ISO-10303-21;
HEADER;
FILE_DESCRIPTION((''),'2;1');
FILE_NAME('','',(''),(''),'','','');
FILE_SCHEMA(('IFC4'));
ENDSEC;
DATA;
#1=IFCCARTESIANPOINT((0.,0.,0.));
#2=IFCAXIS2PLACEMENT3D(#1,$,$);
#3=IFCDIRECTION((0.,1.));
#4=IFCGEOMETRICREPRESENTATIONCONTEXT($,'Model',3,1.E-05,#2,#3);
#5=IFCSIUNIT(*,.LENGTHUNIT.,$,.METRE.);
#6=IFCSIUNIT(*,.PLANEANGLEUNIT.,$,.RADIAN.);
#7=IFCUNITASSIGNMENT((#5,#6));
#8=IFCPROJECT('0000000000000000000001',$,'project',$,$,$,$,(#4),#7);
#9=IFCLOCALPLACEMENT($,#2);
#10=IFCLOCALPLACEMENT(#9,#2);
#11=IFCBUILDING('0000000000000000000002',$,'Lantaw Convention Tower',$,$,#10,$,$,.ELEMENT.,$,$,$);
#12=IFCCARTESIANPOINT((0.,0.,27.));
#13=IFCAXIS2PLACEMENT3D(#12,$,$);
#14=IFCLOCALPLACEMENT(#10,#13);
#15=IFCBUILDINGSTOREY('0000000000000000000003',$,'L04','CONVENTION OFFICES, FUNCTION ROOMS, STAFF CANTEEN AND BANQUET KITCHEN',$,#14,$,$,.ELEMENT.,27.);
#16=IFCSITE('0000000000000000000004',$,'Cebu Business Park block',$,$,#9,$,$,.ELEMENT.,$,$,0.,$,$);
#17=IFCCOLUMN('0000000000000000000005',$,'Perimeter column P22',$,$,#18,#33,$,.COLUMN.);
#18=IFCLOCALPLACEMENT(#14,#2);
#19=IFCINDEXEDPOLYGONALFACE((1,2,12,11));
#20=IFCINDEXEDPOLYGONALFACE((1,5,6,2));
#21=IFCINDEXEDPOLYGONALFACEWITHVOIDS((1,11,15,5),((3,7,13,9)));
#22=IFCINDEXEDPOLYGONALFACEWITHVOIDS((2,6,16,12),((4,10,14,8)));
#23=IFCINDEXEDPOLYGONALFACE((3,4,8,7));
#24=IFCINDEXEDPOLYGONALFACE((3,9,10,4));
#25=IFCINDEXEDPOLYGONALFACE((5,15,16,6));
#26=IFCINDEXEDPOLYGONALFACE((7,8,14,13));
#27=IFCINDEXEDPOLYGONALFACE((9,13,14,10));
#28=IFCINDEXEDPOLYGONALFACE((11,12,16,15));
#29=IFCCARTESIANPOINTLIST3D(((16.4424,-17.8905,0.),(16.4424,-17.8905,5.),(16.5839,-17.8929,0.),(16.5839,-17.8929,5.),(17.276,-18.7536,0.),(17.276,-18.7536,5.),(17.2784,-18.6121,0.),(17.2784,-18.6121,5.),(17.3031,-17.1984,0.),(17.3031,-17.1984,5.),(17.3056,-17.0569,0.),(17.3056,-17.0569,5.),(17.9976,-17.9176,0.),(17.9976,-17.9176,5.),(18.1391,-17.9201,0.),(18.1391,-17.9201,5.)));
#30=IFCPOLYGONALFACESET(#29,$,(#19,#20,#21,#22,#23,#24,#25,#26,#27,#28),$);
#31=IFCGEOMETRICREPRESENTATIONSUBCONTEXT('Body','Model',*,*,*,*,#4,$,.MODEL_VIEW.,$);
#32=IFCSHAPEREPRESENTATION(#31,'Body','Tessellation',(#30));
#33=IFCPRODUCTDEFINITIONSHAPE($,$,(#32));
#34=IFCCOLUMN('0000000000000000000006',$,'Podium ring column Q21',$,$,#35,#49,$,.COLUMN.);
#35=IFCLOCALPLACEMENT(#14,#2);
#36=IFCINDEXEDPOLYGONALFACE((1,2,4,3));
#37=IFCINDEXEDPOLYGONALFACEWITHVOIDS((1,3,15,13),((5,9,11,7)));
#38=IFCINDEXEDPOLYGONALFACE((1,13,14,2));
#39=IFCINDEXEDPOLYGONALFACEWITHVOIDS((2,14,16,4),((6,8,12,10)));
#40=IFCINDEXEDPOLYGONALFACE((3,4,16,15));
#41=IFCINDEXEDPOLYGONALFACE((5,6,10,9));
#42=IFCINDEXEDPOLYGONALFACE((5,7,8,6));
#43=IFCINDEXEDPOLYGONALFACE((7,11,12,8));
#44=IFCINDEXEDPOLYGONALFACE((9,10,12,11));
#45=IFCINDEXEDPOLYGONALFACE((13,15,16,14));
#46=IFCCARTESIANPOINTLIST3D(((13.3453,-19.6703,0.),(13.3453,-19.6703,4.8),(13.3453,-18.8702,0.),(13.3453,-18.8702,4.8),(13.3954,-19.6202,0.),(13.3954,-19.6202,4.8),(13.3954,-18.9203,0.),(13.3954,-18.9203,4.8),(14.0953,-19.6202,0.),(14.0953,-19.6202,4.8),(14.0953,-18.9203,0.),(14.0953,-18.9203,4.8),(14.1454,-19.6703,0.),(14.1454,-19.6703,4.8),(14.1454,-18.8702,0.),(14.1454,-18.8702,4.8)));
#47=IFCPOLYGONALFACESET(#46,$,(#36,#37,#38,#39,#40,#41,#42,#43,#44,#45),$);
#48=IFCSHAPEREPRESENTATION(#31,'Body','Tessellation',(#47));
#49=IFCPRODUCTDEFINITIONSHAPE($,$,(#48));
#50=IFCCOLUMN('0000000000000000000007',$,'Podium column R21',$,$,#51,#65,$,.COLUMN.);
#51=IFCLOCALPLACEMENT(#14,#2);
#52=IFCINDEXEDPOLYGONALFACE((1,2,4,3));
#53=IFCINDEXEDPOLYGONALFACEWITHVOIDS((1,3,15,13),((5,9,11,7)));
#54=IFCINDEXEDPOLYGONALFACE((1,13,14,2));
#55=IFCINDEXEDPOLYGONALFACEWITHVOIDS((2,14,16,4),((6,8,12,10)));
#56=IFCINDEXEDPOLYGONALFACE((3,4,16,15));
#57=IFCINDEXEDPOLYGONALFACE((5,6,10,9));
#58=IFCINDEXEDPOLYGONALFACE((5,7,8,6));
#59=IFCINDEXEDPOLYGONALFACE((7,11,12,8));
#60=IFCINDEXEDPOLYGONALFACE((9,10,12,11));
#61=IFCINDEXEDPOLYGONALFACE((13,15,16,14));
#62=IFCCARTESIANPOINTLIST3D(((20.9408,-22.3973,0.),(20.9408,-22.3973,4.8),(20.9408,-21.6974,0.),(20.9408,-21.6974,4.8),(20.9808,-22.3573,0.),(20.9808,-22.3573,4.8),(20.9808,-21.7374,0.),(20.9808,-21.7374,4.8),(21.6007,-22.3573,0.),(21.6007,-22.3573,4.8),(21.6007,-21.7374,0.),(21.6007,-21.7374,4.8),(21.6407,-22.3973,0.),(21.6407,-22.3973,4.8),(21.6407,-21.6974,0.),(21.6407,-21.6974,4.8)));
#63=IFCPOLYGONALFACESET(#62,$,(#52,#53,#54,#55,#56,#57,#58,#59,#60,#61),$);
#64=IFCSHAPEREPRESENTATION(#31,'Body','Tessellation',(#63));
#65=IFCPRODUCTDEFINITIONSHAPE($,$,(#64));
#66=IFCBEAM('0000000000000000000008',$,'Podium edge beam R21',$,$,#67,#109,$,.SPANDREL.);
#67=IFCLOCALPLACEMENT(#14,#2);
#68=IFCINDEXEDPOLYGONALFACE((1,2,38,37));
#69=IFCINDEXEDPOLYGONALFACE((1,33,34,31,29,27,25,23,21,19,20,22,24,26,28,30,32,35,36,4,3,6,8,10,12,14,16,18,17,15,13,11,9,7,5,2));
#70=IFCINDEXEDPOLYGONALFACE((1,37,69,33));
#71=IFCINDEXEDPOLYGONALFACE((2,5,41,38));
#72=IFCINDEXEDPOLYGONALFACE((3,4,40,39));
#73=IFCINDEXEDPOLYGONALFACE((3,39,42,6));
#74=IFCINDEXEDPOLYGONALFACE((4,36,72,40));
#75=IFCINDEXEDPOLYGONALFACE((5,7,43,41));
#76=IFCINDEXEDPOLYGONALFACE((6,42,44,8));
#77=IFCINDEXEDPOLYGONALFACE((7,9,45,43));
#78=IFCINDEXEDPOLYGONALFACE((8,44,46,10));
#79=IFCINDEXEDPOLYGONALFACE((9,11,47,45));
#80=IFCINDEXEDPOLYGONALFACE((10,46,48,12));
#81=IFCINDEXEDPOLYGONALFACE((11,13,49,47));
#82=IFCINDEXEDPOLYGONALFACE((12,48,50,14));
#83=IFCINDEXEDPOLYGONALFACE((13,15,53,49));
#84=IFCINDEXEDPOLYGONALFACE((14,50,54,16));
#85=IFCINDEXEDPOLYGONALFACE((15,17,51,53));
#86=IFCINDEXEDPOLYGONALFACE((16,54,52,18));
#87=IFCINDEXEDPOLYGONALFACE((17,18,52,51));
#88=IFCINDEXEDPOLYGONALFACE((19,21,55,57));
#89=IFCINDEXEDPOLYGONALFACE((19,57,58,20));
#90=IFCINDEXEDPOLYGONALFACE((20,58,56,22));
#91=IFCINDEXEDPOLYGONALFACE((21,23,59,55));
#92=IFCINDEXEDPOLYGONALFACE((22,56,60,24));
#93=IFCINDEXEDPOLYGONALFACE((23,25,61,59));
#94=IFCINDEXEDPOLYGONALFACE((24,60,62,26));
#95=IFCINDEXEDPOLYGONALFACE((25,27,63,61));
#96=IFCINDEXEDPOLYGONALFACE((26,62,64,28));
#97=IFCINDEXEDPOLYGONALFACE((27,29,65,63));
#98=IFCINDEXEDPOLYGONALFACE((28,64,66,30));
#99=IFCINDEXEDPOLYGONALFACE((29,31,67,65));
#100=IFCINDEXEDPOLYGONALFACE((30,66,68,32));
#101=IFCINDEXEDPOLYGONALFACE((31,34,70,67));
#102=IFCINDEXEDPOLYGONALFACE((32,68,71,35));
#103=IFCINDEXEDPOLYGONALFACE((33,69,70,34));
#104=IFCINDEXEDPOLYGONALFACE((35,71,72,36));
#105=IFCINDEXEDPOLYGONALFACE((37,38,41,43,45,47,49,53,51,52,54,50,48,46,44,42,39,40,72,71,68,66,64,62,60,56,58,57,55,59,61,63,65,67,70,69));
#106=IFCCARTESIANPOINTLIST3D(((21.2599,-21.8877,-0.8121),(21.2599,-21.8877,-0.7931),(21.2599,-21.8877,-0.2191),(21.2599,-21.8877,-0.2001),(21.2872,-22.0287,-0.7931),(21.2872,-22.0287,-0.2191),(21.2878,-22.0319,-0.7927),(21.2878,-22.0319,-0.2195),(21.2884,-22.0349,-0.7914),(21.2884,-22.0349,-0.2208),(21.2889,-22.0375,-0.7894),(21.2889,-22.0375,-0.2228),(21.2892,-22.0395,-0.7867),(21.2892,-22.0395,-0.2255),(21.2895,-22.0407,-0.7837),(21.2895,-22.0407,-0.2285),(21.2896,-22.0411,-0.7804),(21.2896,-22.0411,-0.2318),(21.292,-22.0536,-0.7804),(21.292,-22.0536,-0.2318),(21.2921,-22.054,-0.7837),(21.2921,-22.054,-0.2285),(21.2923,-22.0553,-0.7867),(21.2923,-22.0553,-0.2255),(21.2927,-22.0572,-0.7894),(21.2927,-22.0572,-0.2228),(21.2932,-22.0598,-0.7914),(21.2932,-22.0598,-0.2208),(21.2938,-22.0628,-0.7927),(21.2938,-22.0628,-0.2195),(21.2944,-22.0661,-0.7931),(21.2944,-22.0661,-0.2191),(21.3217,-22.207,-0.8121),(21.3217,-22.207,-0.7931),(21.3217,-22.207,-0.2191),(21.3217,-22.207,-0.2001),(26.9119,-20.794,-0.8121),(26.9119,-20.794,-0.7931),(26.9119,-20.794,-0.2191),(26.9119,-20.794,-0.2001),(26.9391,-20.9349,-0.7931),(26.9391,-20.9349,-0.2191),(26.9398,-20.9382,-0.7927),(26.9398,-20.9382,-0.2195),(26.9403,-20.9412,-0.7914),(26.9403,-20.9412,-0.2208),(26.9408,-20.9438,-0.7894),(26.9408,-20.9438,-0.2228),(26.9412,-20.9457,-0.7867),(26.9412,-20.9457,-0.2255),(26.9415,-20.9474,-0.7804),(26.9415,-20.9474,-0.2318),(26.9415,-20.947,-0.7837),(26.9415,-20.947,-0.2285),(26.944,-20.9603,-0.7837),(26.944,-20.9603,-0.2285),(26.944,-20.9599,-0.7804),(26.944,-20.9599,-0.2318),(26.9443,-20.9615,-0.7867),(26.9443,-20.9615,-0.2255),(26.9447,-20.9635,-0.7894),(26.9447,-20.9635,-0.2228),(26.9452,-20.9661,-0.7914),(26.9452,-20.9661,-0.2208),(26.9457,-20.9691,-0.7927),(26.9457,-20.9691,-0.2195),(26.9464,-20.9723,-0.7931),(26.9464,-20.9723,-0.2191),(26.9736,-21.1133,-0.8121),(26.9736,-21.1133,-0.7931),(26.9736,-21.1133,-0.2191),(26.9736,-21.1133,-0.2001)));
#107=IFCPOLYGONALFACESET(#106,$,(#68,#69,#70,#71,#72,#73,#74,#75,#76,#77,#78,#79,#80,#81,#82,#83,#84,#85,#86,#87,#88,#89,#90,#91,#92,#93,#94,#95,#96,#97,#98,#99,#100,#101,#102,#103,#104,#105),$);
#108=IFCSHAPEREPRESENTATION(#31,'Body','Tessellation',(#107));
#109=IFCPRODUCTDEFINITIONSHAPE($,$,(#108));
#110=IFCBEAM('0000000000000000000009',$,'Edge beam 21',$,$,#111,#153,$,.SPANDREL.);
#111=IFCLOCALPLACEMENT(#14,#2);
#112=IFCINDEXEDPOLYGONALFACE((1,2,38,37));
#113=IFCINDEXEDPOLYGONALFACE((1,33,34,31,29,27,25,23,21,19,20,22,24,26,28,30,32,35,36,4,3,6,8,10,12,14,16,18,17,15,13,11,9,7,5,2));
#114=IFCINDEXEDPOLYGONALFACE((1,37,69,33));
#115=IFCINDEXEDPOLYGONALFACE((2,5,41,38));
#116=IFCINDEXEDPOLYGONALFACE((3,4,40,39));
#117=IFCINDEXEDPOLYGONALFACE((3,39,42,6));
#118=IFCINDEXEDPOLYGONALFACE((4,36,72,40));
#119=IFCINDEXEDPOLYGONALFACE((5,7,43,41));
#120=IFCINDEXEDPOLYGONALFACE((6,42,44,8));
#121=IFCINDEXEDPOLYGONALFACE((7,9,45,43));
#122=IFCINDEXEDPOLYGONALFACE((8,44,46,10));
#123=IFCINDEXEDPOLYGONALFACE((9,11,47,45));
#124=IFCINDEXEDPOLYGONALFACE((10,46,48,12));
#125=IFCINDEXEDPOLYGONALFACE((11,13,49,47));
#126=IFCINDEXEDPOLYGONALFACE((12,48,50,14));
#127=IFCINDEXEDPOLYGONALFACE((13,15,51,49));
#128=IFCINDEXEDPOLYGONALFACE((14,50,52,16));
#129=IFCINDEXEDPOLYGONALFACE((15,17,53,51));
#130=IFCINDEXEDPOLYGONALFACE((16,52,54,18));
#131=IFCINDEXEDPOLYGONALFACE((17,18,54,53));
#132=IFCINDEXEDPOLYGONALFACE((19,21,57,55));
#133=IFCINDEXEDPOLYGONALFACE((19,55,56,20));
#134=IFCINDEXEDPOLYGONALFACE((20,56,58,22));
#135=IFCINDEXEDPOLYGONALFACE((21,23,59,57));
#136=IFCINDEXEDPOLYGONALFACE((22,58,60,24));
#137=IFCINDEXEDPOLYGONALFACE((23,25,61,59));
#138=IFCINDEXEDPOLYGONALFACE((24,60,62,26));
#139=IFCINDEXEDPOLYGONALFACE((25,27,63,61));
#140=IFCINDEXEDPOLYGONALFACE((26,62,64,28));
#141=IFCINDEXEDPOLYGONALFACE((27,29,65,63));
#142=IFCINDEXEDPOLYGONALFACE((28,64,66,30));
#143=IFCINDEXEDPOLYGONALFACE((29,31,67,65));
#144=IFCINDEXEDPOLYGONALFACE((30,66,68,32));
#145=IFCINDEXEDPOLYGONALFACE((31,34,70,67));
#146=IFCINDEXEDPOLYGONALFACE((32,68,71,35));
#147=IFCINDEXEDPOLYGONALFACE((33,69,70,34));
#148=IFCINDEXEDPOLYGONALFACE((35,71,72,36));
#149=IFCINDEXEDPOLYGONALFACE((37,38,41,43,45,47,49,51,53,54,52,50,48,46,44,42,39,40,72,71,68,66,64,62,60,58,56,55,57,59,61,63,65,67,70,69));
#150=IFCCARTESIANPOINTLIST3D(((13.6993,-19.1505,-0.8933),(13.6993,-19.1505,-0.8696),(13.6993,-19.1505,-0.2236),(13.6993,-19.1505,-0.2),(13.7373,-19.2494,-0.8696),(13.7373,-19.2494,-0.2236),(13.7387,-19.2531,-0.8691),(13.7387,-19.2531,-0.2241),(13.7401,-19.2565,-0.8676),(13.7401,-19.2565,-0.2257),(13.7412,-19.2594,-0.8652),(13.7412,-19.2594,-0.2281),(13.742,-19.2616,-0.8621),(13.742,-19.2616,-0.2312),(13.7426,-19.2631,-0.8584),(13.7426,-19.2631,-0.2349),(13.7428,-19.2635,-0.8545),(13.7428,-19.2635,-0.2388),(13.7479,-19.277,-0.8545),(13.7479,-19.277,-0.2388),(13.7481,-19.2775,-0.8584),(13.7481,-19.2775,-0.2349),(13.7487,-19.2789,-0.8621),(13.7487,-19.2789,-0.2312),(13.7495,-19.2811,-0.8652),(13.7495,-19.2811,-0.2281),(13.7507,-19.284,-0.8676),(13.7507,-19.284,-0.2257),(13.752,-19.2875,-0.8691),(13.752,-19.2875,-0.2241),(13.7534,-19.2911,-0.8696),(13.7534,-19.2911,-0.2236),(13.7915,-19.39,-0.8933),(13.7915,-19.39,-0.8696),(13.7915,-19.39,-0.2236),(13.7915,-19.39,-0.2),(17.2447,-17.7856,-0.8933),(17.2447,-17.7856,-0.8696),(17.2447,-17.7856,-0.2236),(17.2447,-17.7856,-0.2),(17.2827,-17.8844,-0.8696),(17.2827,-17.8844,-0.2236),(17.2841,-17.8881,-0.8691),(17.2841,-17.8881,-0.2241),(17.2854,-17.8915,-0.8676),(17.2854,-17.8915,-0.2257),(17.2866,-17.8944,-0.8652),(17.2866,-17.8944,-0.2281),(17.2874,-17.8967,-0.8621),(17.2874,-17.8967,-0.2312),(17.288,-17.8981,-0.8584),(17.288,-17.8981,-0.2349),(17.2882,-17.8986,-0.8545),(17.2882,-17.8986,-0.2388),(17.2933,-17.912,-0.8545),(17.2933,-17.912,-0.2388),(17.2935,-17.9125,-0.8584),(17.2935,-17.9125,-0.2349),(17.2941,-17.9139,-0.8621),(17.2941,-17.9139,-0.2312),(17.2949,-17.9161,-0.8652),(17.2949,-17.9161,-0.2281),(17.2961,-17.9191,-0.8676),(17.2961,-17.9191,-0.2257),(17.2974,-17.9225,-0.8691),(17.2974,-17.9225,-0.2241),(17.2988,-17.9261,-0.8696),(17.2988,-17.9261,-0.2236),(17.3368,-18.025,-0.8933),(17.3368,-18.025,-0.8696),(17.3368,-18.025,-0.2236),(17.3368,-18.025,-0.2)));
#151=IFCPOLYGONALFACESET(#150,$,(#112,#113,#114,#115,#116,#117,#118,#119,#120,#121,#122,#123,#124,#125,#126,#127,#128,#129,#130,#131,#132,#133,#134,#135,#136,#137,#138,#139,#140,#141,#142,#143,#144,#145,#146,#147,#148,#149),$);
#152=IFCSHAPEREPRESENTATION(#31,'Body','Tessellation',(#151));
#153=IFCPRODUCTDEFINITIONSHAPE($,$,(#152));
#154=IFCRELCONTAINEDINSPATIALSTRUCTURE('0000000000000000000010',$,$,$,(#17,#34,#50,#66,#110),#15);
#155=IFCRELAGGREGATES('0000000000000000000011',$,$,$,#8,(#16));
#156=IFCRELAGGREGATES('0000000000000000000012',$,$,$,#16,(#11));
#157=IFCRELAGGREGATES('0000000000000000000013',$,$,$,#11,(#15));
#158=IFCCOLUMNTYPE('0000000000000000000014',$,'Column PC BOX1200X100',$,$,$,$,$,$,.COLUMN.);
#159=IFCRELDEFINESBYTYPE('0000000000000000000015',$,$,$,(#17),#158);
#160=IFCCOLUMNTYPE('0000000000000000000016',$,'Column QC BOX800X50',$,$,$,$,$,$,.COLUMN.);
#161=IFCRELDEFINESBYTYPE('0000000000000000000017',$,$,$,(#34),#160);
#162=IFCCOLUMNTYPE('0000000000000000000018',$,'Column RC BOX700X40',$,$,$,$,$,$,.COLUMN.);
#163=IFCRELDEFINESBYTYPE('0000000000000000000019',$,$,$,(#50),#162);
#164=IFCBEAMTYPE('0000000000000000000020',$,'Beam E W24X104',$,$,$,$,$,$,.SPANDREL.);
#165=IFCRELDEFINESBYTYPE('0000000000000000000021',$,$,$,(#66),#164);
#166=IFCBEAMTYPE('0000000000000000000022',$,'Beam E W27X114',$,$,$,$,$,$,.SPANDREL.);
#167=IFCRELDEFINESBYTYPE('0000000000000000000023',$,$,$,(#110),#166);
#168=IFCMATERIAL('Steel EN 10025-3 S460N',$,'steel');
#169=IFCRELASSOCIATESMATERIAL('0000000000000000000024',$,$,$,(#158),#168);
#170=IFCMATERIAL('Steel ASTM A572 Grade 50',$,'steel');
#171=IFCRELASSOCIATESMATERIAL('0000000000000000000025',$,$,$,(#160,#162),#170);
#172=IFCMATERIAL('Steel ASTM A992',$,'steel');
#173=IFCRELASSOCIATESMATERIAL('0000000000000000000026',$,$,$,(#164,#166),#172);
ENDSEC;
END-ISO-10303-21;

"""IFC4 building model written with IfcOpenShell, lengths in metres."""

from ifc_helpers import new_model, si_unit, direction, frame, origin, origin_2d, place, context, subcontext, project, spatial, rectangle, hollow_rectangle, i_section, extrude, material, material_profile, profile_set, type_object, element, save


model = new_model("IFC4")

# Units and contexts
model_context = context("Model", 3, precision=1e-05, world=origin(), true_north=direction((0.0, 1.0)))
body_context = subcontext(model_context, "Body", "Model", "MODEL_VIEW")
ifc_project = project(units=[si_unit("LENGTHUNIT", "METRE"), si_unit("PLANEANGLEUNIT", "RADIAN")], contexts=[model_context])

# Site, building, storey
site_placement = place(None, origin())
site = spatial("IfcSite", under=ifc_project, at=site_placement, Name="Cebu Business Park block", CompositionType="ELEMENT", RefElevation=0.0)
building_placement = place(site_placement, origin())
building = spatial("IfcBuilding", under=site, at=building_placement, Name="Lantaw Convention Tower", CompositionType="ELEMENT")
storey_placement = place(building_placement, frame((0.0, 0.0, 27.0)))
storey = spatial("IfcBuildingStorey", under=building, at=storey_placement, Name="L04", Description="CONVENTION OFFICES, FUNCTION ROOMS, STAFF CANTEEN AND BANQUET KITCHEN", CompositionType="ELEMENT", Elevation=27.0)

# Columns
ifc_material_1 = material(Name="Steel EN 10025-3 S460N", Category="steel")
ifc_material_profile_1 = material_profile(ifc_material_1, hollow_rectangle(XDim=1.2, YDim=1.2, WallThickness=0.1001, at=origin_2d()), Name="BOX1200X100")
ifc_material_2 = material(Name="Concrete C60/75", Category="concrete")
ifc_material_profile_2 = material_profile(ifc_material_2, rectangle(XDim=1.0, YDim=1.0, at=origin_2d()), Name="Concrete fill of BOX1200X100")
ifc_profile_set_1 = profile_set([ifc_material_profile_1, ifc_material_profile_2], Name="Steel EN 10025-3 S460N")
column_type_1 = type_object("IfcColumnType", Name="Column PC BOX1200X100", PredefinedType="COLUMN", material=ifc_profile_set_1)
column_1_placement = place(storey_placement, frame((17.2908, -17.9053, 0.0), z_axis=(0.0, 0.0, 1.0), x_axis=(0.71934, 0.694658, 0.0)))
element("IfcColumn", 1, at=column_1_placement, inside=storey, type_object=column_type_1, Name="Perimeter column P22", PredefinedType="COLUMN", context=body_context, shape_type="SweptSolid", body=[
    extrude(hollow_rectangle(XDim=1.2, YDim=1.2, WallThickness=0.1001, at=origin_2d()), origin(), (0.0, 0.0, 1.0), 5.0),
])
ifc_material_3 = material(Name="Steel ASTM A572 Grade 50", Category="steel")
ifc_material_profile_3 = material_profile(ifc_material_3, hollow_rectangle(XDim=0.8, YDim=0.8, WallThickness=0.05, at=origin_2d()), Name="BOX800X50")
ifc_profile_set_2 = profile_set([ifc_material_profile_3], Name="Steel ASTM A572 Grade 50")
column_type_2 = type_object("IfcColumnType", Name="Column QC BOX800X50", PredefinedType="COLUMN", material=ifc_profile_set_2)
column_2_placement = place(storey_placement, frame((13.7454, -19.2703, 0.0), z_axis=(0.0, 0.0, 1.0), x_axis=(1.0, 0.0, 0.0)))
element("IfcColumn", 2, at=column_2_placement, inside=storey, type_object=column_type_2, Name="Podium ring column Q21", PredefinedType="COLUMN", context=body_context, shape_type="SweptSolid", body=[
    extrude(hollow_rectangle(XDim=0.8, YDim=0.8, WallThickness=0.05, at=origin_2d()), origin(), (0.0, 0.0, 1.0), 4.8),
])
ifc_material_profile_4 = material_profile(ifc_material_3, hollow_rectangle(XDim=0.7, YDim=0.7, WallThickness=0.04, at=origin_2d()), Name="BOX700X40")
ifc_profile_set_3 = profile_set([ifc_material_profile_4], Name="Steel ASTM A572 Grade 50")
column_type_3 = type_object("IfcColumnType", Name="Column RC BOX700X40", PredefinedType="COLUMN", material=ifc_profile_set_3)
column_3_placement = place(storey_placement, frame((21.2908, -22.0474, 0.0), z_axis=(0.0, 0.0, 1.0), x_axis=(1.0, 0.0, 0.0)))
element("IfcColumn", 3, at=column_3_placement, inside=storey, type_object=column_type_3, Name="Podium column R21", PredefinedType="COLUMN", context=body_context, shape_type="SweptSolid", body=[
    extrude(hollow_rectangle(XDim=0.7, YDim=0.7, WallThickness=0.04, at=origin_2d()), origin(), (0.0, 0.0, 1.0), 4.8),
])

# Beams
ifc_material_4 = material(Name="Steel ASTM A992", Category="steel")
ifc_material_profile_5 = material_profile(ifc_material_4, i_section(OverallWidth=0.3252, OverallDepth=0.6121, WebThickness=0.0127, FlangeThickness=0.019, FilletRadius=0.0127, at=origin_2d()), Name="W24X104")
ifc_profile_set_4 = profile_set([ifc_material_profile_5], Name="Steel ASTM A992")
beam_type_1 = type_object("IfcBeamType", Name="Beam E W24X104", PredefinedType="SPANDREL", material=ifc_profile_set_4)
beam_1_placement = place(storey_placement, frame((21.2908, -22.0474, -0.5061), z_axis=(0.981786, 0.189988, 0.0), x_axis=(-0.189988, 0.981786, 0.0)))
element("IfcBeam", 4, at=beam_1_placement, inside=storey, type_object=beam_type_1, Name="Podium edge beam R21", PredefinedType="SPANDREL", context=body_context, shape_type="SweptSolid", body=[
    extrude(i_section(OverallWidth=0.3252, OverallDepth=0.6121, WebThickness=0.0127, FlangeThickness=0.019, FilletRadius=0.0127, at=origin_2d()), origin(), (0.0, 0.0, 1.0), 5.7568),
])
ifc_material_profile_6 = material_profile(ifc_material_4, i_section(OverallWidth=0.2566, OverallDepth=0.6934, WebThickness=0.0144, FlangeThickness=0.0237, FilletRadius=0.0151, at=origin_2d()), Name="W27X114")
ifc_profile_set_5 = profile_set([ifc_material_profile_6], Name="Steel ASTM A992")
beam_type_2 = type_object("IfcBeamType", Name="Beam E W27X114", PredefinedType="SPANDREL", material=ifc_profile_set_5)
beam_2_placement = place(storey_placement, frame((13.7454, -19.2703, -0.5466), z_axis=(0.933225, 0.359293, 0.0), x_axis=(-0.359293, 0.933225, 0.0)))
element("IfcBeam", 5, at=beam_2_placement, inside=storey, type_object=beam_type_2, Name="Edge beam 21", PredefinedType="SPANDREL", context=body_context, shape_type="SweptSolid", body=[
    extrude(i_section(OverallWidth=0.2566, OverallDepth=0.6934, WebThickness=0.0144, FlangeThickness=0.0237, FilletRadius=0.0151, at=origin_2d()), origin(), (0.0, 0.0, 1.0), 3.7991),
])

save(model, "model.ifc")
